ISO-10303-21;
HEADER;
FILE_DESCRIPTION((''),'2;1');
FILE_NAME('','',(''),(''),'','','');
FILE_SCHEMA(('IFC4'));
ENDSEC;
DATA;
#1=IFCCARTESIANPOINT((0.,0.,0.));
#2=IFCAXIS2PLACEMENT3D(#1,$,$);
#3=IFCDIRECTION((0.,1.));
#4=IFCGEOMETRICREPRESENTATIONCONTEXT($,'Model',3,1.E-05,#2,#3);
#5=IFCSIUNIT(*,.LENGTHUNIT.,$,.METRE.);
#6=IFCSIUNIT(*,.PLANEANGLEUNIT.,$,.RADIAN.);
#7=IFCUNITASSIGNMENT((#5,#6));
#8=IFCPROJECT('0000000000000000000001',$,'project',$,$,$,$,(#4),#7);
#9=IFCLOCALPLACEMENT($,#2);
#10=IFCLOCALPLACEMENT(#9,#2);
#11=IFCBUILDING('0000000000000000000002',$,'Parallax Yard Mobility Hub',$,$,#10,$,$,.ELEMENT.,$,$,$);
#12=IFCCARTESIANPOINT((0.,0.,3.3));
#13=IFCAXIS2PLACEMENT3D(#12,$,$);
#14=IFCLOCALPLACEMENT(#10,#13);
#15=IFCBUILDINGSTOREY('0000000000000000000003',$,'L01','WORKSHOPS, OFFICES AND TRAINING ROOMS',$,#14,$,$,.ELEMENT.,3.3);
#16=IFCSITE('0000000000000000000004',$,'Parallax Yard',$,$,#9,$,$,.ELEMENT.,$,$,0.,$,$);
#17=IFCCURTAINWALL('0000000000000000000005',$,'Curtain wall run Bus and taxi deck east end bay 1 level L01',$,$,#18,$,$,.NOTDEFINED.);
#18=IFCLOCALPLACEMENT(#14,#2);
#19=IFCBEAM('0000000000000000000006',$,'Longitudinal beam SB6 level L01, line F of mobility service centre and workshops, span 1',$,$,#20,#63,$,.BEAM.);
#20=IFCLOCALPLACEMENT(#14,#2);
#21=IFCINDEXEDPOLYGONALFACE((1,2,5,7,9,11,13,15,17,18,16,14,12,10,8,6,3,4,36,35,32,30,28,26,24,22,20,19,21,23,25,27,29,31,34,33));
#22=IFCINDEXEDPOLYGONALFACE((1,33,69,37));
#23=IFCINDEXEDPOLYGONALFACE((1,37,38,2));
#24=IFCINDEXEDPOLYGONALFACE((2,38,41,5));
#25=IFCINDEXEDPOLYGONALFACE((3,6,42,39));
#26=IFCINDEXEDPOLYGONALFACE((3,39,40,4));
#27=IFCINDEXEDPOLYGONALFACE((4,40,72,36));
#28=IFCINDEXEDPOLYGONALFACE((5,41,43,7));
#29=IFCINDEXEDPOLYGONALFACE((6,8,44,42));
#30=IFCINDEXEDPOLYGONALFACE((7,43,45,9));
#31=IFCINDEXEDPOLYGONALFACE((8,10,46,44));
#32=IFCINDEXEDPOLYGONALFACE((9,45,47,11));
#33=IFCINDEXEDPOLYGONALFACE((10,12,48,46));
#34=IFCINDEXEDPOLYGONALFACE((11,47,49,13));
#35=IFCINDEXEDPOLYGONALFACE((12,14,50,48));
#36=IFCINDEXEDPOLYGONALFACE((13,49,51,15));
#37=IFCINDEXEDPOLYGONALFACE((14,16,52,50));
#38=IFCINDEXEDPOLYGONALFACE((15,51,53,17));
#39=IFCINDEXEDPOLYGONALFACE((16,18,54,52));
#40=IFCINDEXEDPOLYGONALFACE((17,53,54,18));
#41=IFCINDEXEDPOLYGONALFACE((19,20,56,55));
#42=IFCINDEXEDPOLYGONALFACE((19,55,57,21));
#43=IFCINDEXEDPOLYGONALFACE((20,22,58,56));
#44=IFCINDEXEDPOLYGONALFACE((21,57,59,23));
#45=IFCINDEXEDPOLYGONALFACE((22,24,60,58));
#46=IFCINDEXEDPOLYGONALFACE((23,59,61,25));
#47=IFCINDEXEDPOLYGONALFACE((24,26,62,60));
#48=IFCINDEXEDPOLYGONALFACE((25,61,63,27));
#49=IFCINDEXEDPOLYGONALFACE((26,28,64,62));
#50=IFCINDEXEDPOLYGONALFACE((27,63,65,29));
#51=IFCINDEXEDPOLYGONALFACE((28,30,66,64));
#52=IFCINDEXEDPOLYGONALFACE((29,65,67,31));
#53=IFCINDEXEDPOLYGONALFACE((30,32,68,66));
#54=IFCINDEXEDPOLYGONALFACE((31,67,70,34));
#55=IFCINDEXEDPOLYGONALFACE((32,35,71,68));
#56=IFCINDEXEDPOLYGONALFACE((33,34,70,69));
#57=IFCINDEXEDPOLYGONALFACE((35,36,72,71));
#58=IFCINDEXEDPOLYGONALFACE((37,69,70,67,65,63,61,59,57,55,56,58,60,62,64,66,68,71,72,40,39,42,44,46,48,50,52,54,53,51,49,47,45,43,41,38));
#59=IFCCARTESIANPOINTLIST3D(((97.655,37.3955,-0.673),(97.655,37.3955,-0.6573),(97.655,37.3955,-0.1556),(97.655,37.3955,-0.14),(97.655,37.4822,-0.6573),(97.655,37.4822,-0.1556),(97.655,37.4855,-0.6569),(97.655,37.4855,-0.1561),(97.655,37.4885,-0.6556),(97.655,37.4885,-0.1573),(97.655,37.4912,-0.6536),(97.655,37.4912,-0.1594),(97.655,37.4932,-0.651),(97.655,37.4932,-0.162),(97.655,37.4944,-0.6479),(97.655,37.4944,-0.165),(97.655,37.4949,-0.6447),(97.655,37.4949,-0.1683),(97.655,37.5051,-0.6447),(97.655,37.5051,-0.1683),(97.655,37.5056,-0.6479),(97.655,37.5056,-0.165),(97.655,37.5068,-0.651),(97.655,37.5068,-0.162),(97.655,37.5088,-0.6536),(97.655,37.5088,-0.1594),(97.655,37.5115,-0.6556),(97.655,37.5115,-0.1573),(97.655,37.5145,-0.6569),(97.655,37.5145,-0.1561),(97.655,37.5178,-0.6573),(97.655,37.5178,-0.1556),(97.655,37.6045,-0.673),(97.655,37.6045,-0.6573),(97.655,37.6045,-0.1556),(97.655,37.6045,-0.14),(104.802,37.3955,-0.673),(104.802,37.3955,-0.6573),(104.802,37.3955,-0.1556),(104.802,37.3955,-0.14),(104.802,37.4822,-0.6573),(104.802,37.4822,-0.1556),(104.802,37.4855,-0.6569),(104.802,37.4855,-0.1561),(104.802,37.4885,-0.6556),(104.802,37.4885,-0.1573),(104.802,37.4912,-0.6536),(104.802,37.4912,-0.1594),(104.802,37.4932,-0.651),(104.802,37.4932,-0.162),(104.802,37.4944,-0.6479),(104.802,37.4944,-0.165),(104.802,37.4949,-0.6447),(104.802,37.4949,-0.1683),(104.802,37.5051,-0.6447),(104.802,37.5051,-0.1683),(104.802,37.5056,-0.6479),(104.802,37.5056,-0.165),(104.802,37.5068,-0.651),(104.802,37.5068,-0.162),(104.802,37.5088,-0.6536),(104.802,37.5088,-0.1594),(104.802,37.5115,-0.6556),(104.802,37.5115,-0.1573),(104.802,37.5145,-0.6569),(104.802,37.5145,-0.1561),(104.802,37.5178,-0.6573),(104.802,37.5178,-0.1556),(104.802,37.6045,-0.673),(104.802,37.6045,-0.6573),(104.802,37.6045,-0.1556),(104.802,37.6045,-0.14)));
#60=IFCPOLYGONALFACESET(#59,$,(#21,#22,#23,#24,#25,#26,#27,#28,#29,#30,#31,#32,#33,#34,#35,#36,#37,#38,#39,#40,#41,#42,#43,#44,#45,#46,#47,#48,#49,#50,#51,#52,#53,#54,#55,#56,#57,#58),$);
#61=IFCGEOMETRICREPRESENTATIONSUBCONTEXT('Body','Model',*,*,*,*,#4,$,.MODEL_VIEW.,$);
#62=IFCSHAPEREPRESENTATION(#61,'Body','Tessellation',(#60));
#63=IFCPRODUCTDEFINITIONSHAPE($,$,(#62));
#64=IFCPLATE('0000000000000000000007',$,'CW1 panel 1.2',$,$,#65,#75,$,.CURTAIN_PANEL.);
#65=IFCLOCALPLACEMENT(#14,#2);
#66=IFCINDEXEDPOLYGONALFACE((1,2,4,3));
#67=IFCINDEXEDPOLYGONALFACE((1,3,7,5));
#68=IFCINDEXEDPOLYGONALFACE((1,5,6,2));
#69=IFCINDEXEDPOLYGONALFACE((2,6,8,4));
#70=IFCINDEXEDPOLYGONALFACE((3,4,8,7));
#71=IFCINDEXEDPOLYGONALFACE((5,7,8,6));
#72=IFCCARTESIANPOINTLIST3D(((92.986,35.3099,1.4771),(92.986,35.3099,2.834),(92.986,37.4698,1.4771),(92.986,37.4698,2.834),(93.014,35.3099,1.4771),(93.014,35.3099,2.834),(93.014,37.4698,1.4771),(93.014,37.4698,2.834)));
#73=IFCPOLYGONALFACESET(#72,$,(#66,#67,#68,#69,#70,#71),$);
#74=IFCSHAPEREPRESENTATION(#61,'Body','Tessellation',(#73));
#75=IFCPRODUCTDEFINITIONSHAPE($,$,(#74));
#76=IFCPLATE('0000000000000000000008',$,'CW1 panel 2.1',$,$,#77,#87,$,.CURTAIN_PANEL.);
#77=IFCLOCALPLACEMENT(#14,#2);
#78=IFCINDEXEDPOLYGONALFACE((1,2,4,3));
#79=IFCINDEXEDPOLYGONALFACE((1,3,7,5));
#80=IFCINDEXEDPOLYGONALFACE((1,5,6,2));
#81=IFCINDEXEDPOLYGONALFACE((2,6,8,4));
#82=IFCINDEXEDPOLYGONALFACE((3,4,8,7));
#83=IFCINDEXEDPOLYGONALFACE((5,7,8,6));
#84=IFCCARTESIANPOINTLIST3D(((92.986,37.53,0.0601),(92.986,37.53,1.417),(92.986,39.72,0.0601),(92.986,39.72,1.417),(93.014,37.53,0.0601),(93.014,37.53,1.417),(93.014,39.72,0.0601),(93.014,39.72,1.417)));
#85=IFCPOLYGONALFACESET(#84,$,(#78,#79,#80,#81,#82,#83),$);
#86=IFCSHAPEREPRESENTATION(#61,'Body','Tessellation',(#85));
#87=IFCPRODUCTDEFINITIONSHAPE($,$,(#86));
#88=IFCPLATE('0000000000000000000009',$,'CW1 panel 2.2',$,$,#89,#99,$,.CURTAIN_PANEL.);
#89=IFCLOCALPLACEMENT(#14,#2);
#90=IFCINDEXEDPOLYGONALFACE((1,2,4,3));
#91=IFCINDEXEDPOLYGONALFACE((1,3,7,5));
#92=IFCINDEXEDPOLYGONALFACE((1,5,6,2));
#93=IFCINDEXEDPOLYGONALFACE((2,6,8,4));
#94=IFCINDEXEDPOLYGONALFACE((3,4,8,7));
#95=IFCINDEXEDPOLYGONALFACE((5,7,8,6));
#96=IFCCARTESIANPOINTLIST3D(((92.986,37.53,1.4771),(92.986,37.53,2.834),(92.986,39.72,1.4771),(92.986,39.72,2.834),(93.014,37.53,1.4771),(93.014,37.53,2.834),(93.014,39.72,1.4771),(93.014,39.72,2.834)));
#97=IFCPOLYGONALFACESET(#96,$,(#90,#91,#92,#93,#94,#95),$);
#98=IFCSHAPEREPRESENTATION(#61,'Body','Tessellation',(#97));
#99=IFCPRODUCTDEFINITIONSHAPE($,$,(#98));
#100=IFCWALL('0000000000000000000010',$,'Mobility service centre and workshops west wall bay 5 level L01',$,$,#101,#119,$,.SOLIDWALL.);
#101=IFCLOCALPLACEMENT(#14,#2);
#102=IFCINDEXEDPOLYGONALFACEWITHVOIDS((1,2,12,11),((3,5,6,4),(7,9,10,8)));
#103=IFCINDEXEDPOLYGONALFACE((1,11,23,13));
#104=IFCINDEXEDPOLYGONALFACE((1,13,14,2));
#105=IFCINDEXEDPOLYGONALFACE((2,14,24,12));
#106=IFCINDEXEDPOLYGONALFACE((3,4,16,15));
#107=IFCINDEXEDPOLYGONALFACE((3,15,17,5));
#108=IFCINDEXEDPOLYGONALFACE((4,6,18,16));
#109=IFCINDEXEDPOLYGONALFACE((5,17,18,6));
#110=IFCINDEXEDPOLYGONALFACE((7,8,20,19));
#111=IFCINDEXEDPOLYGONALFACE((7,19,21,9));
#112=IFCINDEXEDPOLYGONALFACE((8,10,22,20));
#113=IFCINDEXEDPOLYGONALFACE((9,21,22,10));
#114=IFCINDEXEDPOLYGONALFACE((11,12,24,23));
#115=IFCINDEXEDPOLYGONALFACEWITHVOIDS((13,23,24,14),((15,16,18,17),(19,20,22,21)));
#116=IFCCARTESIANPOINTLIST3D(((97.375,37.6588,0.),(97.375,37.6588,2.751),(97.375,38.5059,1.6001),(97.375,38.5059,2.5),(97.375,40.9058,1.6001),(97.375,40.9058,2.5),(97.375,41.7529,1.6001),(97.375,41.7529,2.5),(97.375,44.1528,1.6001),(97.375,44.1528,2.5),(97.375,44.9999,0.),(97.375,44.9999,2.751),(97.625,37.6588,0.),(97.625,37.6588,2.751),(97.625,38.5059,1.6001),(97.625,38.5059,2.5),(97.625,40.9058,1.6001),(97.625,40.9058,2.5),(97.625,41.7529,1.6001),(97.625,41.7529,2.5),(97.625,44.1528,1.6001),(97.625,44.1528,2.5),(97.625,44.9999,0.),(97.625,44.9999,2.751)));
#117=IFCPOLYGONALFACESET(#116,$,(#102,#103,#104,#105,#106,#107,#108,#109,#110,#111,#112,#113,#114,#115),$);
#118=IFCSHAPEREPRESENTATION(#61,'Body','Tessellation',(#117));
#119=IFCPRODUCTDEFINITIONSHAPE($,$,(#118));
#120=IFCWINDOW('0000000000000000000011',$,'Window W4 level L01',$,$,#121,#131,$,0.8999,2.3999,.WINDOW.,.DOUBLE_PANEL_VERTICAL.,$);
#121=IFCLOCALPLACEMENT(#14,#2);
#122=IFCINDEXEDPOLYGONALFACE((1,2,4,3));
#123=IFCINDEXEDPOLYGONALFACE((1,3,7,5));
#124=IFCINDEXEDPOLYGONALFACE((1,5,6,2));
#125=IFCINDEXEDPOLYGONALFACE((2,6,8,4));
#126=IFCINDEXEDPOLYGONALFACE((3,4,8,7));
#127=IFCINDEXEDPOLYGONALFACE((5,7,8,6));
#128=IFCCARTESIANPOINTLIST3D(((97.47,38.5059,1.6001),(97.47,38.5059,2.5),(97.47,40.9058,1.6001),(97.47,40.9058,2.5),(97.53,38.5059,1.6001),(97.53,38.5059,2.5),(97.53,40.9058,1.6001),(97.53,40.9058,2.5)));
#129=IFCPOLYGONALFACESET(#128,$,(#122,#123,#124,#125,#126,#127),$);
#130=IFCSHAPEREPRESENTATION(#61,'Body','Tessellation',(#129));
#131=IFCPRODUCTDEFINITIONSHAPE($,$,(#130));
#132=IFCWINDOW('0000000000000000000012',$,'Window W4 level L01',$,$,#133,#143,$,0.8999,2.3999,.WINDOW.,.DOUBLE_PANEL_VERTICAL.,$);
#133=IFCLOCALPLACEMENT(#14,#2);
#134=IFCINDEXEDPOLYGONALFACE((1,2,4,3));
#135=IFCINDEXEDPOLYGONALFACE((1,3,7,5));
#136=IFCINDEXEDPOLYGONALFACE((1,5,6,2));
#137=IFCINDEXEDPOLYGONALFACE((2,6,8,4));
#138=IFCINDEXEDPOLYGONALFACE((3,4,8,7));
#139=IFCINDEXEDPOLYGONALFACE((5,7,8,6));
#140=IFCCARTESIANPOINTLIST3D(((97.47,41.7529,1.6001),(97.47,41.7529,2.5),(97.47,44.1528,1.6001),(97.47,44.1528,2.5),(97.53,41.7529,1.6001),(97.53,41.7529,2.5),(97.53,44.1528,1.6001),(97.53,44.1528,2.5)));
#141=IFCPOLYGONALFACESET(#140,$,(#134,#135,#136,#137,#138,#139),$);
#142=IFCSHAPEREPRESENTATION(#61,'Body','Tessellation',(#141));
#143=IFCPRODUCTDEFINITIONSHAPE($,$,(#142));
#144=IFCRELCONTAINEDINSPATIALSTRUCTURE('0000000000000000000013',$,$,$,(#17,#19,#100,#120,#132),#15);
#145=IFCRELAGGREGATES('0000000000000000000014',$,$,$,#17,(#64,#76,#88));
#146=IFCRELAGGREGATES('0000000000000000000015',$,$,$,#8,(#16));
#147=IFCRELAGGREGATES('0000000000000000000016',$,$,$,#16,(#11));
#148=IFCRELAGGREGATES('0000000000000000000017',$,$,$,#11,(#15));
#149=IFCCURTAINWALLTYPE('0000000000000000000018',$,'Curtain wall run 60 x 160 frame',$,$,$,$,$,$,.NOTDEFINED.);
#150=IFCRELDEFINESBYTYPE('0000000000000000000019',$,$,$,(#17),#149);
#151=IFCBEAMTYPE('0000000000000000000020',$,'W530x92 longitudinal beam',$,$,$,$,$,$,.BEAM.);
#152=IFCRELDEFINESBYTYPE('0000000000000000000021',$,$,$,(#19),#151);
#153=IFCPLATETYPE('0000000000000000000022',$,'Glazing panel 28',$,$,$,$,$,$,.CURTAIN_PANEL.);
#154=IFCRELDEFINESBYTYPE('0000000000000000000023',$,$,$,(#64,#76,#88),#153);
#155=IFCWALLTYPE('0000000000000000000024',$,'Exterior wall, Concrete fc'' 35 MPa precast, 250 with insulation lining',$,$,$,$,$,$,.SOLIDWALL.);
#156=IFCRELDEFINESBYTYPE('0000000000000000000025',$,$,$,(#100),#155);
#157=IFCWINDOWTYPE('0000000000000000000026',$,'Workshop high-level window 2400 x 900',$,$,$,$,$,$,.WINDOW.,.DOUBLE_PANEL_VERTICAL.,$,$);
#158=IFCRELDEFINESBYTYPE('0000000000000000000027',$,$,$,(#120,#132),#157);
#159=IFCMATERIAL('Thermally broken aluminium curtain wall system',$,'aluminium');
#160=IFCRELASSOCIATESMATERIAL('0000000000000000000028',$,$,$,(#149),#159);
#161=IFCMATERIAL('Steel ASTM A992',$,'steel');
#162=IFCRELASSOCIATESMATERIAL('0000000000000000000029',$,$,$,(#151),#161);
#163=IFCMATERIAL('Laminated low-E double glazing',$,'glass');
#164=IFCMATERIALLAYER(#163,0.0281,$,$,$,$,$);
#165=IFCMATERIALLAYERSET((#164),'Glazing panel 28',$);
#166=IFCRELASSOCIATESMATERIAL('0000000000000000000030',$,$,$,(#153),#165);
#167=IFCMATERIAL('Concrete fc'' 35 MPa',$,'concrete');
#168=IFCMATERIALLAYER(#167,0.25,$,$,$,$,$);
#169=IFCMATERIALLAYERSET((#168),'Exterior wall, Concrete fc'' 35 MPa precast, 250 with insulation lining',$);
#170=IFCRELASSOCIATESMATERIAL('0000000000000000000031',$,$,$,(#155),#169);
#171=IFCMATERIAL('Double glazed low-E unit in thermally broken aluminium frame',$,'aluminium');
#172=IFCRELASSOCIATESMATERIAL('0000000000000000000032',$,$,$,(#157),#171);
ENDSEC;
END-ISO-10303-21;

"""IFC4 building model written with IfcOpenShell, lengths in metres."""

from ifc_helpers import new_model, si_unit, direction, frame, frame_2d, origin, origin_2d, place, context, subcontext, project, spatial, rectangle, i_section, extrude, material, layer, layer_set, material_profile, profile_set, type_object, element, fill, aggregate, save


model = new_model("IFC4")

# Units and contexts
model_context = context("Model", 3, precision=1e-05, world=origin(), true_north=direction((0.0, 1.0)))
body_context = subcontext(model_context, "Body", "Model", "MODEL_VIEW")
ifc_project = project(units=[si_unit("LENGTHUNIT", "METRE"), si_unit("PLANEANGLEUNIT", "RADIAN")], contexts=[model_context])

# Site, building, storey
site_placement = place(None, origin())
site = spatial("IfcSite", under=ifc_project, at=site_placement, Name="Parallax Yard", CompositionType="ELEMENT", RefElevation=0.0)
building_placement = place(site_placement, origin())
building = spatial("IfcBuilding", under=site, at=building_placement, Name="Parallax Yard Mobility Hub", CompositionType="ELEMENT")
storey_placement = place(building_placement, frame((0.0, 0.0, 3.3)))
storey = spatial("IfcBuildingStorey", under=building, at=storey_placement, Name="L01", Description="WORKSHOPS, OFFICES AND TRAINING ROOMS", CompositionType="ELEMENT", Elevation=3.3)

# Shared definitions
ifc_material_1 = material(Name="Steel ASTM A992", Category="steel")

# Curtain wall
ifc_material_2 = material(Name="Thermally broken aluminium curtain wall system", Category="aluminium")
curtain_wall_type = type_object("IfcCurtainWallType", Name="Curtain wall run 60 x 160 frame", PredefinedType="NOTDEFINED", material=ifc_material_2)
curtain_wall_placement = place(storey_placement, origin())
curtain_wall = element("IfcCurtainWall", 1, at=curtain_wall_placement, inside=storey, type_object=curtain_wall_type, Name="Curtain wall run Bus and taxi deck east end bay 1 level L01", PredefinedType="NOTDEFINED")

# Beam
ifc_material_profile_1 = material_profile(ifc_material_1, i_section(OverallWidth=0.209, OverallDepth=0.533, WebThickness=0.0103, FlangeThickness=0.0156, FilletRadius=0.0127, at=origin_2d()), Name="W530x92")
ifc_profile_set_1 = profile_set([ifc_material_profile_1], Name="Steel ASTM A992")
beam_type_1 = type_object("IfcBeamType", Name="W530x92 longitudinal beam", PredefinedType="BEAM", material=ifc_profile_set_1)
beam_1_placement = place(storey_placement, frame((97.655, 37.5, -0.4065), z_axis=(1.0, 0.0, 0.0), x_axis=(0.0, 1.0, 0.0)))
element("IfcBeam", 2, at=beam_1_placement, inside=storey, type_object=beam_type_1, Name="Longitudinal beam SB6 level L01, line F of mobility service centre and workshops, span 1", PredefinedType="BEAM", context=body_context, shape_type="SweptSolid", body=[
    extrude(i_section(OverallWidth=0.209, OverallDepth=0.533, WebThickness=0.0103, FlangeThickness=0.0156, FilletRadius=0.0127, at=origin_2d()), origin(), (0.0, 0.0, 1.0), 7.147),
])

# Plates
ifc_material_3 = material(Name="Laminated low-E double glazing", Category="glass")
ifc_layer_1 = layer(ifc_material_3, 0.0281)
ifc_layer_set_1 = layer_set([ifc_layer_1], Name="Glazing panel 28")
plate_type = type_object("IfcPlateType", Name="Glazing panel 28", PredefinedType="CURTAIN_PANEL", material=ifc_layer_set_1)
plate_1_placement = place(storey_placement, frame((93.0, 36.3899, 1.4771), z_axis=(0.0, 0.0, 1.0), x_axis=(0.0, 1.0, 0.0)))
plate_1 = element("IfcPlate", 3, at=plate_1_placement, type_object=plate_type, Name="CW1 panel 1.2", PredefinedType="CURTAIN_PANEL", context=body_context, shape_type="SweptSolid", body=[
    extrude(rectangle(XDim=2.1599, YDim=0.0281, at=origin_2d()), origin(), (0.0, 0.0, 1.0), 1.3569),
])
plate_2_placement = place(storey_placement, frame((93.0, 38.625, 0.0601), z_axis=(0.0, 0.0, 1.0), x_axis=(0.0, 1.0, 0.0)))
plate_2 = element("IfcPlate", 4, at=plate_2_placement, type_object=plate_type, Name="CW1 panel 2.1", PredefinedType="CURTAIN_PANEL", context=body_context, shape_type="SweptSolid", body=[
    extrude(rectangle(XDim=2.1899, YDim=0.0281, at=origin_2d()), origin(), (0.0, 0.0, 1.0), 1.3569),
])
plate_3_placement = place(storey_placement, frame((93.0, 38.625, 1.4771), z_axis=(0.0, 0.0, 1.0), x_axis=(0.0, 1.0, 0.0)))
plate_3 = element("IfcPlate", 5, at=plate_3_placement, type_object=plate_type, Name="CW1 panel 2.2", PredefinedType="CURTAIN_PANEL", context=body_context, shape_type="SweptSolid", body=[
    extrude(rectangle(XDim=2.1899, YDim=0.0281, at=origin_2d()), origin(), (0.0, 0.0, 1.0), 1.3569),
])
aggregate(curtain_wall, [plate_1, plate_2, plate_3])

# Wall, openings, windows
ifc_material_4 = material(Name="Concrete fc' 35 MPa", Category="concrete")
ifc_layer_2 = layer(ifc_material_4, 0.25)
ifc_layer_set_2 = layer_set([ifc_layer_2], Name="Exterior wall, Concrete fc' 35 MPa precast, 250 with insulation lining")
wall_type = type_object("IfcWallType", Name="Exterior wall, Concrete fc' 35 MPa precast, 250 with insulation lining", PredefinedType="SOLIDWALL", material=ifc_layer_set_2)
wall_placement = place(storey_placement, frame((97.5, 37.6589, 0.0), z_axis=(0.0, 0.0, 1.0), x_axis=(0.0, 1.0, 0.0)))
wall = element("IfcWall", 6, at=wall_placement, inside=storey, type_object=wall_type, Name="Mobility service centre and workshops west wall bay 5 level L01", PredefinedType="SOLIDWALL", context=body_context, shape_type="SweptSolid", body=[
    extrude(rectangle(XDim=7.3411, YDim=0.25, at=frame_2d((3.6704, 0.0))), origin(), (0.0, 0.0, 1.0), 2.751),
])
opening_1_placement = place(wall_placement, frame((0.8469, 0.0, 1.6001)))
opening_1 = element("IfcOpeningElement", 7, at=opening_1_placement, cuts=wall, PredefinedType="OPENING", context=body_context, shape_type="SweptSolid", body=[
    extrude(rectangle(XDim=2.3999, YDim=0.8999, at=frame_2d((1.2, 0.45))), frame((0.0, 0.135, 0.0), z_axis=(0.0, -1.0, 0.0), x_axis=(1.0, 0.0, 0.0)), (0.0, 0.0, 1.0), 0.27),
])
opening_2_placement = place(wall_placement, frame((4.094, 0.0, 1.6001)))
opening_2 = element("IfcOpeningElement", 8, at=opening_2_placement, cuts=wall, PredefinedType="OPENING", context=body_context, shape_type="SweptSolid", body=[
    extrude(rectangle(XDim=2.3999, YDim=0.8999, at=frame_2d((1.2, 0.45))), frame((0.0, 0.135, 0.0), z_axis=(0.0, -1.0, 0.0), x_axis=(1.0, 0.0, 0.0)), (0.0, 0.0, 1.0), 0.27),
])
ifc_material_5 = material(Name="Double glazed low-E unit in thermally broken aluminium frame", Category="aluminium")
window_type = type_object("IfcWindowType", Name="Workshop high-level window 2400 x 900", PartitioningType="DOUBLE_PANEL_VERTICAL", PredefinedType="WINDOW", material=ifc_material_5)
window_1_placement = place(opening_1_placement, origin())
window_1 = element("IfcWindow", 9, at=window_1_placement, inside=storey, type_object=window_type, Name="Window W4 level L01", OverallHeight=0.8999, OverallWidth=2.3999, PartitioningType="DOUBLE_PANEL_VERTICAL", PredefinedType="WINDOW", context=body_context, shape_type="SweptSolid", body=[
    extrude(rectangle(XDim=2.3999, YDim=0.8999, at=frame_2d((1.2, 0.45))), frame((0.0, 0.03, 0.0), z_axis=(0.0, -1.0, 0.0), x_axis=(1.0, 0.0, 0.0)), (0.0, 0.0, 1.0), 0.0601),
])
fill(opening_1, window_1)
window_2_placement = place(opening_2_placement, origin())
window_2 = element("IfcWindow", 10, at=window_2_placement, inside=storey, type_object=window_type, Name="Window W4 level L01", OverallHeight=0.8999, OverallWidth=2.3999, PartitioningType="DOUBLE_PANEL_VERTICAL", PredefinedType="WINDOW", context=body_context, shape_type="SweptSolid", body=[
    extrude(rectangle(XDim=2.3999, YDim=0.8999, at=frame_2d((1.2, 0.45))), frame((0.0, 0.03, 0.0), z_axis=(0.0, -1.0, 0.0), x_axis=(1.0, 0.0, 0.0)), (0.0, 0.0, 1.0), 0.0601),
])
fill(opening_2, window_2)

save(model, "model.ifc")
